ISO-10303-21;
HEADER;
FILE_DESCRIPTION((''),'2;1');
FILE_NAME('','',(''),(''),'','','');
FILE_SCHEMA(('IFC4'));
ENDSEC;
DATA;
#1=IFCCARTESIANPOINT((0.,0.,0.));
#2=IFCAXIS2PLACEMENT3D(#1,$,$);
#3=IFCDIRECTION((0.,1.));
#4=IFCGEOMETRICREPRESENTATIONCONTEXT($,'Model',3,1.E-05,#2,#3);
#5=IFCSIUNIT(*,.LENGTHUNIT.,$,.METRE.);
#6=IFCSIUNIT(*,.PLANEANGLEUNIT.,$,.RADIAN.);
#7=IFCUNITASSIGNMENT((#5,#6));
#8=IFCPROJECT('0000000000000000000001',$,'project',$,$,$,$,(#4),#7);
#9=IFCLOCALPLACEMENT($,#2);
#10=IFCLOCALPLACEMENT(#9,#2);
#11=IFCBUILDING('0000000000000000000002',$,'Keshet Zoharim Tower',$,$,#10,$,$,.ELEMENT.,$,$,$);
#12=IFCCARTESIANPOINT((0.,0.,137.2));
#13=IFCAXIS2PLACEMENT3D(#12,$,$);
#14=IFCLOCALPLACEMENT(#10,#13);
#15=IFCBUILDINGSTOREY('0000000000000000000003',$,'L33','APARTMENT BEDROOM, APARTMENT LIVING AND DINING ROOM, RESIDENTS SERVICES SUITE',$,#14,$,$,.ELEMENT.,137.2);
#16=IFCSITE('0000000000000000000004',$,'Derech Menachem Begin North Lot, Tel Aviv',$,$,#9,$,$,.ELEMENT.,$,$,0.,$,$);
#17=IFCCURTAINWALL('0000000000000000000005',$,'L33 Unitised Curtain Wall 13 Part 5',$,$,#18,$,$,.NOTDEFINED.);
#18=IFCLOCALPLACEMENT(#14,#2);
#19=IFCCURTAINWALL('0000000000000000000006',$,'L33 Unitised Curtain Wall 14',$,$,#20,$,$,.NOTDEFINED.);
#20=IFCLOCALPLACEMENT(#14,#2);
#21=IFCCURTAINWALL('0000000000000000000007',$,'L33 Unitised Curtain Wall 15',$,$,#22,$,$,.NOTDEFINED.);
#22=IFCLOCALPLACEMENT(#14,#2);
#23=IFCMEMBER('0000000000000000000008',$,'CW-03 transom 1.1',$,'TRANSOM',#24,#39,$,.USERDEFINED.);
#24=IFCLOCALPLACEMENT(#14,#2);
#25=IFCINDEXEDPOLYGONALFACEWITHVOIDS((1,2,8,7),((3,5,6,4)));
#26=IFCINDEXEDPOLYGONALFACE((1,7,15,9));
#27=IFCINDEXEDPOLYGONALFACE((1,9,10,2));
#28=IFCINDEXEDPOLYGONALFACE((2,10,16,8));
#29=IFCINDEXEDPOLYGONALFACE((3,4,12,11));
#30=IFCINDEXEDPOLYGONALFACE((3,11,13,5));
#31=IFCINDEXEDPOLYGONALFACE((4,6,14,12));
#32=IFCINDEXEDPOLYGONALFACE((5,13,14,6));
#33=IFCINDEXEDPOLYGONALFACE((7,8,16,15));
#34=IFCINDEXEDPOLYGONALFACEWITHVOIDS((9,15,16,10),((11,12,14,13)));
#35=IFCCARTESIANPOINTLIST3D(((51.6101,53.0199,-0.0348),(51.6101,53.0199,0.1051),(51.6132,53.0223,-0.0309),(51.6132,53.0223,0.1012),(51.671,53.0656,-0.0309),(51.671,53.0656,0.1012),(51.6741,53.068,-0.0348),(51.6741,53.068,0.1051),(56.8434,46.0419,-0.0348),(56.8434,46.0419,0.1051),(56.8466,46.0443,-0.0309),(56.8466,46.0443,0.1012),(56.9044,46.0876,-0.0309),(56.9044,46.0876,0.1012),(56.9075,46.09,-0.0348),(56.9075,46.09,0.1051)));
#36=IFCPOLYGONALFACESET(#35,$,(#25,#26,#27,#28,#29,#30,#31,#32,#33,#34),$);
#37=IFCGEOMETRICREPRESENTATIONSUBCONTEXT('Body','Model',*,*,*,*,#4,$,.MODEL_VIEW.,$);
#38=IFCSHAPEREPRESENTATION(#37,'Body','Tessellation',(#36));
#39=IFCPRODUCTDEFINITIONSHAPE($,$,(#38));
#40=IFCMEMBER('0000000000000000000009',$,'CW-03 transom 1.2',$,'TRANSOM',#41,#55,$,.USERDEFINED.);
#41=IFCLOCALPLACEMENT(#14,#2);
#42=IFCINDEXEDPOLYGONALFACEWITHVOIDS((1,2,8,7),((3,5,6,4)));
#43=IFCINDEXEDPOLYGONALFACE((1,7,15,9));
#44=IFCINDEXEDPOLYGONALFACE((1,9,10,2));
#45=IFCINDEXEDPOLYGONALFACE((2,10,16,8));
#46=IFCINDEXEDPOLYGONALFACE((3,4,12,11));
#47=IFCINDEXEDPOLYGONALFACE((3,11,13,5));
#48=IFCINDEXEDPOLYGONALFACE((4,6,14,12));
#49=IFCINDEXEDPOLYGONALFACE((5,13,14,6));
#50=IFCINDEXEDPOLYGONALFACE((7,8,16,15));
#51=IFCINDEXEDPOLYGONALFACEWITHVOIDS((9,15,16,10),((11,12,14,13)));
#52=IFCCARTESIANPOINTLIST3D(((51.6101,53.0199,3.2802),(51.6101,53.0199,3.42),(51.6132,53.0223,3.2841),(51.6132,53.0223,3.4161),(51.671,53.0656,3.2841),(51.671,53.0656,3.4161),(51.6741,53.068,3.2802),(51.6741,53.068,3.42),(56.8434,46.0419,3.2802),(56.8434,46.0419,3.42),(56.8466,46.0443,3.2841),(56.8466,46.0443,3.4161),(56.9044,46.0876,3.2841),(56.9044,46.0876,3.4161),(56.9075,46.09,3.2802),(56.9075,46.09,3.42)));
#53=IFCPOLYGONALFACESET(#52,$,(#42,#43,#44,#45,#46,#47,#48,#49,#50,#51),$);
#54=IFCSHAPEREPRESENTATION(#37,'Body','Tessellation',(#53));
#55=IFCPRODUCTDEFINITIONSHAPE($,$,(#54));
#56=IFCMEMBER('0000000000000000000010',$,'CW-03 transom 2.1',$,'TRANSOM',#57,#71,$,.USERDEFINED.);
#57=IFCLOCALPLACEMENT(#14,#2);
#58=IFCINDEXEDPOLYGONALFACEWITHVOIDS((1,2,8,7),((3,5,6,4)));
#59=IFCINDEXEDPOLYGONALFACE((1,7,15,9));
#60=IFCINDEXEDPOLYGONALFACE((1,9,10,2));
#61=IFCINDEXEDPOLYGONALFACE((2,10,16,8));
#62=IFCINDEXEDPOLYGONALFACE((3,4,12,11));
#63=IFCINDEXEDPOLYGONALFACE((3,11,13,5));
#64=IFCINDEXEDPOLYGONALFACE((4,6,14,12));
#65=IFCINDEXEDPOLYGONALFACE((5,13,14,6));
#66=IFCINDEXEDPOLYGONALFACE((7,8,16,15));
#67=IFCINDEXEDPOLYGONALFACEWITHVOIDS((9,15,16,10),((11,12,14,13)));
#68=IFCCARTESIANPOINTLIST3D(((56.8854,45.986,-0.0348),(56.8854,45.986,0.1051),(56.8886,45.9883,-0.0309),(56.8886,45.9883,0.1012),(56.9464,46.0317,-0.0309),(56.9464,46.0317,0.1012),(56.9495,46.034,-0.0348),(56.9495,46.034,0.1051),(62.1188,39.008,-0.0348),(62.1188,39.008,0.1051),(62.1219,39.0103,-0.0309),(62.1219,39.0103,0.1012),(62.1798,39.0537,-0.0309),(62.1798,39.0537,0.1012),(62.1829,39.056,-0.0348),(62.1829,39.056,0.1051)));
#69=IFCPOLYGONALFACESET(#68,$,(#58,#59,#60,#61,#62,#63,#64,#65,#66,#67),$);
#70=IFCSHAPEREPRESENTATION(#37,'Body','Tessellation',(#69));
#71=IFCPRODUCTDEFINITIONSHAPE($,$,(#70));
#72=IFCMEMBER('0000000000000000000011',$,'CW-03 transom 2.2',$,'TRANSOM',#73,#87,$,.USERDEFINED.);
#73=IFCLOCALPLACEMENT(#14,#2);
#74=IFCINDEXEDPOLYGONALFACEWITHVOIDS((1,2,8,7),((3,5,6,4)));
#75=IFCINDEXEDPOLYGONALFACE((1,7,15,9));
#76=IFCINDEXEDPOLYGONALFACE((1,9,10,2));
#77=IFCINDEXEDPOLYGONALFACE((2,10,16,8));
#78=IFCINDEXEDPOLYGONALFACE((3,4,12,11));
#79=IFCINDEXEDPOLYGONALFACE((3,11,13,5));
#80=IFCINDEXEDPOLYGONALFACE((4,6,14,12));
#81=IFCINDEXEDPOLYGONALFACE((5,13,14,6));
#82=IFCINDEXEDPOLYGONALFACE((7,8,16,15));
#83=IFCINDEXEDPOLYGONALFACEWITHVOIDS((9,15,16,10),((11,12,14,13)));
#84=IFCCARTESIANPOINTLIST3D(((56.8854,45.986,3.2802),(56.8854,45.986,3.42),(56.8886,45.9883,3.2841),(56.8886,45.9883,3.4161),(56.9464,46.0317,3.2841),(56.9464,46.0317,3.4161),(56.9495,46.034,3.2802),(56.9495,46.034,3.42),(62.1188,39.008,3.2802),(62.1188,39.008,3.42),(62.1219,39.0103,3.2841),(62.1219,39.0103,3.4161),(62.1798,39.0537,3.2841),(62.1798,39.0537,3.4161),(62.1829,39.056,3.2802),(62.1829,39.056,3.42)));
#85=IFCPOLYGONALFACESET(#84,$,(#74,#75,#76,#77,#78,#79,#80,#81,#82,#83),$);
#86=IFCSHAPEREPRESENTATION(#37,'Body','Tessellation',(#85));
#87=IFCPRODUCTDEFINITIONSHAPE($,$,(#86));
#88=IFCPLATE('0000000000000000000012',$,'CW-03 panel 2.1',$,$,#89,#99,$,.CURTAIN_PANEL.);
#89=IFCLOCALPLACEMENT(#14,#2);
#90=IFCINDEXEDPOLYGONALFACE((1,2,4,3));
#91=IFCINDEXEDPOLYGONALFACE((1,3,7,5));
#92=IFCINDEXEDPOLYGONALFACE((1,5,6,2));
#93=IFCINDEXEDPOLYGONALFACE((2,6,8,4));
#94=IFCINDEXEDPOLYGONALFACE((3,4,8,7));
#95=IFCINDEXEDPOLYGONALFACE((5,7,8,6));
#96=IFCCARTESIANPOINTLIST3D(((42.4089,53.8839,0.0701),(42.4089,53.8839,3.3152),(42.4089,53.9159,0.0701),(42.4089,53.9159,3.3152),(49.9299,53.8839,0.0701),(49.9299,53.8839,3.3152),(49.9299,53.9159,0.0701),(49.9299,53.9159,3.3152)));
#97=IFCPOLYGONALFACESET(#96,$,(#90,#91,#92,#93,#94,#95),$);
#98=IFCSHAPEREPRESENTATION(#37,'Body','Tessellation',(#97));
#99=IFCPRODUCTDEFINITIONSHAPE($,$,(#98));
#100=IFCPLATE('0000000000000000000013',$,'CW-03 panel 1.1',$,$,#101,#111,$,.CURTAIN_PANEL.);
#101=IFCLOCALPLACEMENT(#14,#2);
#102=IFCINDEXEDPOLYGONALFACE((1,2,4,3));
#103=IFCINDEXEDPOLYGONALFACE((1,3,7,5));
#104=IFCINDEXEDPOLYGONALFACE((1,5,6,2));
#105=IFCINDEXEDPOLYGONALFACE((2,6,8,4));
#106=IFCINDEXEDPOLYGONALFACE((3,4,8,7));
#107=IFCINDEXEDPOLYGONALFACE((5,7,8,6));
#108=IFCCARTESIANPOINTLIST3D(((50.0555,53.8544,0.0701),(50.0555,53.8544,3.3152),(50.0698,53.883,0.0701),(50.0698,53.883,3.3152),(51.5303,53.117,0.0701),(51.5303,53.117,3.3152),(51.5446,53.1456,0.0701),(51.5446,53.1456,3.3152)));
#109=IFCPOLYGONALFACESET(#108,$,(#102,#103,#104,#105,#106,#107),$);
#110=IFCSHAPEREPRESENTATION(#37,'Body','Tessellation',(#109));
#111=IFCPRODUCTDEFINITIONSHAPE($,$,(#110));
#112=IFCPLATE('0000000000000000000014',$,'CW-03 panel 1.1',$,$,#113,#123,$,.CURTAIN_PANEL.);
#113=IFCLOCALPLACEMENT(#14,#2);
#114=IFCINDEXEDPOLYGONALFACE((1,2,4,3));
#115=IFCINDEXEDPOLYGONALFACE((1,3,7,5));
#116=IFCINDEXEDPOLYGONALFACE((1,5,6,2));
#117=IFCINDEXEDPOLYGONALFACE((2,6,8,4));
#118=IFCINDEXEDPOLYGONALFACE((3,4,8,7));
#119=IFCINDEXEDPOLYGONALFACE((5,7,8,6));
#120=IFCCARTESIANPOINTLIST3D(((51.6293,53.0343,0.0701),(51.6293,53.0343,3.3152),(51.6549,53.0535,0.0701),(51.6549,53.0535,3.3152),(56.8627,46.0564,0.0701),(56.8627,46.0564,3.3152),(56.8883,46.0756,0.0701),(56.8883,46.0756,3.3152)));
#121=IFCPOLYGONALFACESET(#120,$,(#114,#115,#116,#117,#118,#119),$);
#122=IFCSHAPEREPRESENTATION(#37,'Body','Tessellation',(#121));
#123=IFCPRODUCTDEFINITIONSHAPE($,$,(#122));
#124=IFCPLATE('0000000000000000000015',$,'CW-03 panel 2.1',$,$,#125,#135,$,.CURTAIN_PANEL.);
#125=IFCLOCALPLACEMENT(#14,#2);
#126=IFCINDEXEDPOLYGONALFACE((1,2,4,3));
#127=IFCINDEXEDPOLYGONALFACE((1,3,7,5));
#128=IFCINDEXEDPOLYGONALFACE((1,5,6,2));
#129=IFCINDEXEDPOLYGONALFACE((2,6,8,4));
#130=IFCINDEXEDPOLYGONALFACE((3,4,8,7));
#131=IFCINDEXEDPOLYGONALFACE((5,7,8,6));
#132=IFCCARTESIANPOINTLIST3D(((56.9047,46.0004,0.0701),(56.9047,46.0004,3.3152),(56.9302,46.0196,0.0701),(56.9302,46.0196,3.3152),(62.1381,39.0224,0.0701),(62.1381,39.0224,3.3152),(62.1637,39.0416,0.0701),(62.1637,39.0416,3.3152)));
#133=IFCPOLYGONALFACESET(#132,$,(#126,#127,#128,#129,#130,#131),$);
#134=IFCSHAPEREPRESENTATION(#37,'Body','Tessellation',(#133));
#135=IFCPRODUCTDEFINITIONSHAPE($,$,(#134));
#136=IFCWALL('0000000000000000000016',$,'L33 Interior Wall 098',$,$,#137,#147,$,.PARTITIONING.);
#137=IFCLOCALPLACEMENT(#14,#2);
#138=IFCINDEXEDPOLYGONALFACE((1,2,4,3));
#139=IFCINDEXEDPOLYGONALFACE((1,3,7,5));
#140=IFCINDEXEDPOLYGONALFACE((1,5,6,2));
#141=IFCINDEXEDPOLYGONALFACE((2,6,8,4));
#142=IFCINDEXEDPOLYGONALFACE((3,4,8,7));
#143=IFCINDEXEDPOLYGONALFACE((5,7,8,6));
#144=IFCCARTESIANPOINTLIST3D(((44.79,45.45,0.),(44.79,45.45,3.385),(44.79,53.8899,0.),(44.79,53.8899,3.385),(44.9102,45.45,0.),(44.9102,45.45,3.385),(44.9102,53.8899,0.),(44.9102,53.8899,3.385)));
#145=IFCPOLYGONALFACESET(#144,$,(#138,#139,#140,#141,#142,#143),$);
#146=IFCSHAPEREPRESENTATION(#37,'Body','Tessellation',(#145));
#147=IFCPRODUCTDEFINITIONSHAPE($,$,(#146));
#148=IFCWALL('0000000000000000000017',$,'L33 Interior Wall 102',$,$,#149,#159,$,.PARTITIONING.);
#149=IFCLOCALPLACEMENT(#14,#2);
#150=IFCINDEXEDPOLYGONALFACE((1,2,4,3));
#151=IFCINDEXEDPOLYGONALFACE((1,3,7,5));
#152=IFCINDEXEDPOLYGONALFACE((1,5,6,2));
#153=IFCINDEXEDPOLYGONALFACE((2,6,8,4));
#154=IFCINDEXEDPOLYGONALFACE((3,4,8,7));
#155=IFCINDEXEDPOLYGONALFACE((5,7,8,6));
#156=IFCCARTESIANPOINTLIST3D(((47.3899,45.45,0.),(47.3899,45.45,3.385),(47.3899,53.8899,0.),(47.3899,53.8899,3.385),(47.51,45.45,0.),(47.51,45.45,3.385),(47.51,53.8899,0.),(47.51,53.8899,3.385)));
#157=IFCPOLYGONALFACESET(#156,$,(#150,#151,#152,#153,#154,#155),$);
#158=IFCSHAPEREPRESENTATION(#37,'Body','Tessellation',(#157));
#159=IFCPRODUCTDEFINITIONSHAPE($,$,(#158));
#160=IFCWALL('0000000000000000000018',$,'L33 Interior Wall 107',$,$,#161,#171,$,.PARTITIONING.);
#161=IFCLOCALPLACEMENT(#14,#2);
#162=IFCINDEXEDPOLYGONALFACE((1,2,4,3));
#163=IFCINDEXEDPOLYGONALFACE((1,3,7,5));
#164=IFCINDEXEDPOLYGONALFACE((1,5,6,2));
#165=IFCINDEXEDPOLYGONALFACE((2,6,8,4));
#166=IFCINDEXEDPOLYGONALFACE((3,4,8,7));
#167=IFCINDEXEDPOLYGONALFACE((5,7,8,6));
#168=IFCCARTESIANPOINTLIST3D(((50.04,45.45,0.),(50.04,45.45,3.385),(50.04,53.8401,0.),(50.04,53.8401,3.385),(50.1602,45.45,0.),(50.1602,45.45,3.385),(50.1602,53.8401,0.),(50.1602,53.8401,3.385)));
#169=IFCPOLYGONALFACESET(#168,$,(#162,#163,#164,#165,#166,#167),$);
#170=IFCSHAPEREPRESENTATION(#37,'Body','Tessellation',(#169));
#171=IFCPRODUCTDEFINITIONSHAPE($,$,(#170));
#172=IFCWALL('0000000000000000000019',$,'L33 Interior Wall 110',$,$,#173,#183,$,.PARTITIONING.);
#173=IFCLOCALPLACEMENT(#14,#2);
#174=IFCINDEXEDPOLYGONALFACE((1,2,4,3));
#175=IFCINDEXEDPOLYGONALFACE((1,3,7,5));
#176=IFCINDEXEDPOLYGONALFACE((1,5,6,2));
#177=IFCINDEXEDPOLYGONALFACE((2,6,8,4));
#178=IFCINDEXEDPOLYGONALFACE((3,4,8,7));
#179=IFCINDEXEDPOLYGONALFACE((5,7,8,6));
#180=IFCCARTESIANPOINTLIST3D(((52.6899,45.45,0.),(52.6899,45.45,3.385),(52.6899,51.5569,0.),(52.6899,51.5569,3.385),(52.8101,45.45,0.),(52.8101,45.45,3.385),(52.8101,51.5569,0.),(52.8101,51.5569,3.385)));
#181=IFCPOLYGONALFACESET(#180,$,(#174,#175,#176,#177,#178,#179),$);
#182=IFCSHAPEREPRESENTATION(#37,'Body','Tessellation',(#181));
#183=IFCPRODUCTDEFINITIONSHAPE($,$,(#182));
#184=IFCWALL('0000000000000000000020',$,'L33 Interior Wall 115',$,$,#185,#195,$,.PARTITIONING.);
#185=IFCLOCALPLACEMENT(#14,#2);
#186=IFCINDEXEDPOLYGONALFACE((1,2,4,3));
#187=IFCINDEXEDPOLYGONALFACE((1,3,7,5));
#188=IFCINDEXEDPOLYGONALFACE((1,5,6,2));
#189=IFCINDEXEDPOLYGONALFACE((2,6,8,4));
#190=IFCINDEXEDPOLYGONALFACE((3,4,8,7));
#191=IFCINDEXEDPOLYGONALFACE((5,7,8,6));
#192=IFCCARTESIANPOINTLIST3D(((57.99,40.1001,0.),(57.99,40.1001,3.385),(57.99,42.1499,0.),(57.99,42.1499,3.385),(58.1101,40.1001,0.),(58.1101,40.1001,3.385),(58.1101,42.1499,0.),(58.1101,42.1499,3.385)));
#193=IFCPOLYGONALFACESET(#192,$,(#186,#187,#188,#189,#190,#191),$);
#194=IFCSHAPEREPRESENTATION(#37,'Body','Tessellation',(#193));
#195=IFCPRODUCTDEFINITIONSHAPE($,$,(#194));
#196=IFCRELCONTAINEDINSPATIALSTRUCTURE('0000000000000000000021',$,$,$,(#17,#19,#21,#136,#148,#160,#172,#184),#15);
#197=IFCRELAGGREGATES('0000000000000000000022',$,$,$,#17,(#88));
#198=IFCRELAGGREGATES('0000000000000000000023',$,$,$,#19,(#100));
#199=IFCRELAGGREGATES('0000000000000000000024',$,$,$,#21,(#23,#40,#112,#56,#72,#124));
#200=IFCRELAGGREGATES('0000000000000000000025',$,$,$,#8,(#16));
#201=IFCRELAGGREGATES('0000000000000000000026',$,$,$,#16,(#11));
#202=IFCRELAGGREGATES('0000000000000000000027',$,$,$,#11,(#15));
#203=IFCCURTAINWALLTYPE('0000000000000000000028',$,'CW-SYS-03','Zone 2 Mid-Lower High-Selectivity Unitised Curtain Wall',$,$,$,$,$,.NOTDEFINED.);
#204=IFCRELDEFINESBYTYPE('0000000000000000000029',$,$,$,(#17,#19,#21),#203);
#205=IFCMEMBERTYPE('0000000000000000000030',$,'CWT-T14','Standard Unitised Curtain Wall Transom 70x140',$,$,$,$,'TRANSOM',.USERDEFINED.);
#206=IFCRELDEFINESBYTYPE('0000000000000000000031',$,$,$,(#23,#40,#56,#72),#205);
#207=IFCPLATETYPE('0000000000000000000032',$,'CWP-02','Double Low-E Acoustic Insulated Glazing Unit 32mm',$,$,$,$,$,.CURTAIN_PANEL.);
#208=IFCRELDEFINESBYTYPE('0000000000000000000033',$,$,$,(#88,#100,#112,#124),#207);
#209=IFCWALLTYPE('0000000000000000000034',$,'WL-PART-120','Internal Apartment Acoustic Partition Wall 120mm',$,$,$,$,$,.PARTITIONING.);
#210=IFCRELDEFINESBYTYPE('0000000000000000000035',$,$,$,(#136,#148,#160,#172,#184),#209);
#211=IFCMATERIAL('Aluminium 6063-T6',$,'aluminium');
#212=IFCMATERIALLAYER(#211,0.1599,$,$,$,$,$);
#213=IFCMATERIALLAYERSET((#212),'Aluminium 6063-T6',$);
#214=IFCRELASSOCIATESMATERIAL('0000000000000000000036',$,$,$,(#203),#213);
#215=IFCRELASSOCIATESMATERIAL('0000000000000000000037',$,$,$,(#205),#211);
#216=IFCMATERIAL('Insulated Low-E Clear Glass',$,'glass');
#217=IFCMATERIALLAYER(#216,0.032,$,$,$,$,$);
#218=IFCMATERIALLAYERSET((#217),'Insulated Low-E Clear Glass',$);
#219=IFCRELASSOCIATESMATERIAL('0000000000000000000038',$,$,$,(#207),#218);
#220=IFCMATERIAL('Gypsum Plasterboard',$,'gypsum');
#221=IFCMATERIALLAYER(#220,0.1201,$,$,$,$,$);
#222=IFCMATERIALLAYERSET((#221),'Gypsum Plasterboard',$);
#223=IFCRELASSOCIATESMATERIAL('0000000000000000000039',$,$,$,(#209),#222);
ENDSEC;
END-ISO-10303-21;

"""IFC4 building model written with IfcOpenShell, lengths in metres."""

from ifc_helpers import new_model, si_unit, direction, frame, frame_2d, origin, origin_2d, place, context, subcontext, project, spatial, rectangle, hollow_rectangle, extrude, material, layer, layer_set, material_profile, profile_set, type_object, element, aggregate, save


model = new_model("IFC4")

# Units and contexts
model_context = context("Model", 3, precision=1e-05, world=origin(), true_north=direction((0.0, 1.0)))
body_context = subcontext(model_context, "Body", "Model", "MODEL_VIEW")
ifc_project = project(units=[si_unit("LENGTHUNIT", "METRE"), si_unit("PLANEANGLEUNIT", "RADIAN")], contexts=[model_context])

# Site, building, storey
site_placement = place(None, origin())
site = spatial("IfcSite", under=ifc_project, at=site_placement, Name="Derech Menachem Begin North Lot, Tel Aviv", CompositionType="ELEMENT", RefElevation=0.0)
building_placement = place(site_placement, origin())
building = spatial("IfcBuilding", under=site, at=building_placement, Name="Keshet Zoharim Tower", CompositionType="ELEMENT")
storey_placement = place(building_placement, frame((0.0, 0.0, 137.2)))
storey = spatial("IfcBuildingStorey", under=building, at=storey_placement, Name="L33", Description="APARTMENT BEDROOM, APARTMENT LIVING AND DINING ROOM, RESIDENTS SERVICES SUITE", CompositionType="ELEMENT", Elevation=137.2)

# Curtain wall
ifc_material_1 = material(Name="Aluminium 6063-T6", Category="aluminium")
ifc_layer_1 = layer(ifc_material_1, 0.1599)
ifc_layer_set_1 = layer_set([ifc_layer_1], Name="Aluminium 6063-T6")
curtain_wall_type = type_object("IfcCurtainWallType", Name="CW-SYS-03", Description="Zone 2 Mid-Lower High-Selectivity Unitised Curtain Wall", PredefinedType="NOTDEFINED", material=ifc_layer_set_1)
curtain_wall_1_placement = place(storey_placement, origin())
curtain_wall_1 = element("IfcCurtainWall", 1, at=curtain_wall_1_placement, inside=storey, type_object=curtain_wall_type, Name="L33 Unitised Curtain Wall 13 Part 5", PredefinedType="NOTDEFINED")

# Curtain walls
curtain_wall_2_placement = place(storey_placement, origin())
curtain_wall_2 = element("IfcCurtainWall", 2, at=curtain_wall_2_placement, inside=storey, type_object=curtain_wall_type, Name="L33 Unitised Curtain Wall 14", PredefinedType="NOTDEFINED")
curtain_wall_3_placement = place(storey_placement, origin())
curtain_wall_3 = element("IfcCurtainWall", 3, at=curtain_wall_3_placement, inside=storey, type_object=curtain_wall_type, Name="L33 Unitised Curtain Wall 15", PredefinedType="NOTDEFINED")

# Members
ifc_material_profile_1 = material_profile(ifc_material_1, hollow_rectangle(XDim=0.0801, YDim=0.1399, WallThickness=0.0039, at=origin_2d()), Name="TRN-80x140")
ifc_profile_set_1 = profile_set([ifc_material_profile_1], Name="Aluminium 6063-T6")
member_type_1 = type_object("IfcMemberType", Name="CWT-T14", Description="Standard Unitised Curtain Wall Transom 70x140", ElementType="TRANSOM", PredefinedType="USERDEFINED", material=ifc_profile_set_1)
member_1_placement = place(storey_placement, frame((51.6421, 53.0439, 0.0352), z_axis=(0.599991, -0.800007, 0.0), x_axis=(0.800007, 0.599991, 0.0)))
member_1 = element("IfcMember", 4, at=member_1_placement, type_object=member_type_1, Name="CW-03 transom 1.1", ObjectType="TRANSOM", PredefinedType="USERDEFINED", context=body_context, shape_type="SweptSolid", body=[
    extrude(hollow_rectangle(XDim=0.0801, YDim=0.1399, WallThickness=0.0039, at=origin_2d()), origin(), (0.0, 0.0, 1.0), 8.7224),
])
member_2_placement = place(storey_placement, frame((51.6421, 53.0439, 3.3501), z_axis=(0.599991, -0.800007, 0.0), x_axis=(0.800007, 0.599991, 0.0)))
member_2 = element("IfcMember", 5, at=member_2_placement, type_object=member_type_1, Name="CW-03 transom 1.2", ObjectType="TRANSOM", PredefinedType="USERDEFINED", context=body_context, shape_type="SweptSolid", body=[
    extrude(hollow_rectangle(XDim=0.0801, YDim=0.1399, WallThickness=0.0039, at=origin_2d()), origin(), (0.0, 0.0, 1.0), 8.7224),
])
member_3_placement = place(storey_placement, frame((56.9175, 46.01, 0.0352), z_axis=(0.599991, -0.800007, 0.0), x_axis=(0.800007, 0.599991, 0.0)))
member_3 = element("IfcMember", 6, at=member_3_placement, type_object=member_type_1, Name="CW-03 transom 2.1", ObjectType="TRANSOM", PredefinedType="USERDEFINED", context=body_context, shape_type="SweptSolid", body=[
    extrude(hollow_rectangle(XDim=0.0801, YDim=0.1399, WallThickness=0.0039, at=origin_2d()), origin(), (0.0, 0.0, 1.0), 8.7224),
])
member_4_placement = place(storey_placement, frame((56.9175, 46.01, 3.3501), z_axis=(0.599991, -0.800007, 0.0), x_axis=(0.800007, 0.599991, 0.0)))
member_4 = element("IfcMember", 7, at=member_4_placement, type_object=member_type_1, Name="CW-03 transom 2.2", ObjectType="TRANSOM", PredefinedType="USERDEFINED", context=body_context, shape_type="SweptSolid", body=[
    extrude(hollow_rectangle(XDim=0.0801, YDim=0.1399, WallThickness=0.0039, at=origin_2d()), origin(), (0.0, 0.0, 1.0), 8.7224),
])

# Plates
ifc_material_2 = material(Name="Insulated Low-E Clear Glass", Category="glass")
ifc_layer_2 = layer(ifc_material_2, 0.032)
ifc_layer_set_2 = layer_set([ifc_layer_2], Name="Insulated Low-E Clear Glass")
plate_type = type_object("IfcPlateType", Name="CWP-02", Description="Double Low-E Acoustic Insulated Glazing Unit 32mm", PredefinedType="CURTAIN_PANEL", material=ifc_layer_set_2)
plate_1_placement = place(storey_placement, frame((46.1694, 53.8999, 0.0701), z_axis=(0.0, 0.0, 1.0), x_axis=(1.0, 0.0, 0.0)))
plate_1 = element("IfcPlate", 8, at=plate_1_placement, type_object=plate_type, Name="CW-03 panel 2.1", PredefinedType="CURTAIN_PANEL", context=body_context, shape_type="SweptSolid", body=[
    extrude(rectangle(XDim=7.521, YDim=0.032, at=origin_2d()), origin(), (0.0, 0.0, 1.0), 3.2451),
])
aggregate(curtain_wall_1, [plate_1])
plate_2_placement = place(storey_placement, frame((50.8, 53.5, 0.0701), z_axis=(0.0, 0.0, 1.0), x_axis=(0.894427, -0.447214, 0.0)))
plate_2 = element("IfcPlate", 9, at=plate_2_placement, type_object=plate_type, Name="CW-03 panel 1.1", PredefinedType="CURTAIN_PANEL", context=body_context, shape_type="SweptSolid", body=[
    extrude(rectangle(XDim=1.6489, YDim=0.032, at=origin_2d()), origin(), (0.0, 0.0, 1.0), 3.2451),
])
aggregate(curtain_wall_2, [plate_2])
plate_3_placement = place(storey_placement, frame((54.2588, 49.5549, 0.0701), z_axis=(0.0, 0.0, 1.0), x_axis=(0.6, -0.8, 0.0)))
plate_3 = element("IfcPlate", 10, at=plate_3_placement, type_object=plate_type, Name="CW-03 panel 1.1", PredefinedType="CURTAIN_PANEL", context=body_context, shape_type="SweptSolid", body=[
    extrude(rectangle(XDim=8.7224, YDim=0.032, at=origin_2d()), origin(), (0.0, 0.0, 1.0), 3.2451),
])
plate_4_placement = place(storey_placement, frame((59.5342, 42.521, 0.0701), z_axis=(0.0, 0.0, 1.0), x_axis=(0.6, -0.8, 0.0)))
plate_4 = element("IfcPlate", 11, at=plate_4_placement, type_object=plate_type, Name="CW-03 panel 2.1", PredefinedType="CURTAIN_PANEL", context=body_context, shape_type="SweptSolid", body=[
    extrude(rectangle(XDim=8.7224, YDim=0.032, at=origin_2d()), origin(), (0.0, 0.0, 1.0), 3.2451),
])
aggregate(curtain_wall_3, [member_1, member_2, plate_3, member_3, member_4, plate_4])

# Walls
ifc_material_3 = material(Name="Gypsum Plasterboard", Category="gypsum")
ifc_layer_3 = layer(ifc_material_3, 0.1201)
ifc_layer_set_3 = layer_set([ifc_layer_3], Name="Gypsum Plasterboard")
wall_type_1 = type_object("IfcWallType", Name="WL-PART-120", Description="Internal Apartment Acoustic Partition Wall 120mm", PredefinedType="PARTITIONING", material=ifc_layer_set_3)
for number, where, z_axis, x_axis, name in (
    (12, (44.8501, 45.45, 0.0), (0.0, 0.0, 1.0), (0.0, 1.0, 0.0), "L33 Interior Wall 098"),
    (13, (47.45, 45.45, 0.0), (0.0, 0.0, 1.0), (0.0, 1.0, 0.0), "L33 Interior Wall 102"),
):
    element("IfcWall", number, at=place(storey_placement, frame(where, z_axis=z_axis, x_axis=x_axis)), inside=storey, type_object=wall_type_1, Name=name, PredefinedType="PARTITIONING", context=body_context, shape_type="SweptSolid", body=[
        extrude(rectangle(XDim=8.4399, YDim=0.1201, at=frame_2d((4.22, 0.0))), origin(), (0.0, 0.0, 1.0), 3.385),
    ])
wall_1_placement = place(storey_placement, frame((50.1001, 45.45, 0.0), z_axis=(0.0, 0.0, 1.0), x_axis=(0.0, 1.0, 0.0)))
element("IfcWall", 14, at=wall_1_placement, inside=storey, type_object=wall_type_1, Name="L33 Interior Wall 107", PredefinedType="PARTITIONING", context=body_context, shape_type="SweptSolid", body=[
    extrude(rectangle(XDim=8.3901, YDim=0.1201, at=frame_2d((4.1951, 0.0))), origin(), (0.0, 0.0, 1.0), 3.385),
])
wall_2_placement = place(storey_placement, frame((52.75, 45.45, 0.0), z_axis=(0.0, 0.0, 1.0), x_axis=(0.0, 1.0, 0.0)))
element("IfcWall", 15, at=wall_2_placement, inside=storey, type_object=wall_type_1, Name="L33 Interior Wall 110", PredefinedType="PARTITIONING", context=body_context, shape_type="SweptSolid", body=[
    extrude(rectangle(XDim=6.1069, YDim=0.1201, at=frame_2d((3.0535, 0.0))), origin(), (0.0, 0.0, 1.0), 3.385),
])

# Wall
wall_3_placement = place(storey_placement, frame((58.05, 40.1001, 0.0), z_axis=(0.0, 0.0, 1.0), x_axis=(0.0, 1.0, 0.0)))
element("IfcWall", 16, at=wall_3_placement, inside=storey, type_object=wall_type_1, Name="L33 Interior Wall 115", PredefinedType="PARTITIONING", context=body_context, shape_type="SweptSolid", body=[
    extrude(rectangle(XDim=2.0498, YDim=0.1201, at=frame_2d((1.0249, 0.0))), origin(), (0.0, 0.0, 1.0), 3.385),
])

save(model, "model.ifc")
